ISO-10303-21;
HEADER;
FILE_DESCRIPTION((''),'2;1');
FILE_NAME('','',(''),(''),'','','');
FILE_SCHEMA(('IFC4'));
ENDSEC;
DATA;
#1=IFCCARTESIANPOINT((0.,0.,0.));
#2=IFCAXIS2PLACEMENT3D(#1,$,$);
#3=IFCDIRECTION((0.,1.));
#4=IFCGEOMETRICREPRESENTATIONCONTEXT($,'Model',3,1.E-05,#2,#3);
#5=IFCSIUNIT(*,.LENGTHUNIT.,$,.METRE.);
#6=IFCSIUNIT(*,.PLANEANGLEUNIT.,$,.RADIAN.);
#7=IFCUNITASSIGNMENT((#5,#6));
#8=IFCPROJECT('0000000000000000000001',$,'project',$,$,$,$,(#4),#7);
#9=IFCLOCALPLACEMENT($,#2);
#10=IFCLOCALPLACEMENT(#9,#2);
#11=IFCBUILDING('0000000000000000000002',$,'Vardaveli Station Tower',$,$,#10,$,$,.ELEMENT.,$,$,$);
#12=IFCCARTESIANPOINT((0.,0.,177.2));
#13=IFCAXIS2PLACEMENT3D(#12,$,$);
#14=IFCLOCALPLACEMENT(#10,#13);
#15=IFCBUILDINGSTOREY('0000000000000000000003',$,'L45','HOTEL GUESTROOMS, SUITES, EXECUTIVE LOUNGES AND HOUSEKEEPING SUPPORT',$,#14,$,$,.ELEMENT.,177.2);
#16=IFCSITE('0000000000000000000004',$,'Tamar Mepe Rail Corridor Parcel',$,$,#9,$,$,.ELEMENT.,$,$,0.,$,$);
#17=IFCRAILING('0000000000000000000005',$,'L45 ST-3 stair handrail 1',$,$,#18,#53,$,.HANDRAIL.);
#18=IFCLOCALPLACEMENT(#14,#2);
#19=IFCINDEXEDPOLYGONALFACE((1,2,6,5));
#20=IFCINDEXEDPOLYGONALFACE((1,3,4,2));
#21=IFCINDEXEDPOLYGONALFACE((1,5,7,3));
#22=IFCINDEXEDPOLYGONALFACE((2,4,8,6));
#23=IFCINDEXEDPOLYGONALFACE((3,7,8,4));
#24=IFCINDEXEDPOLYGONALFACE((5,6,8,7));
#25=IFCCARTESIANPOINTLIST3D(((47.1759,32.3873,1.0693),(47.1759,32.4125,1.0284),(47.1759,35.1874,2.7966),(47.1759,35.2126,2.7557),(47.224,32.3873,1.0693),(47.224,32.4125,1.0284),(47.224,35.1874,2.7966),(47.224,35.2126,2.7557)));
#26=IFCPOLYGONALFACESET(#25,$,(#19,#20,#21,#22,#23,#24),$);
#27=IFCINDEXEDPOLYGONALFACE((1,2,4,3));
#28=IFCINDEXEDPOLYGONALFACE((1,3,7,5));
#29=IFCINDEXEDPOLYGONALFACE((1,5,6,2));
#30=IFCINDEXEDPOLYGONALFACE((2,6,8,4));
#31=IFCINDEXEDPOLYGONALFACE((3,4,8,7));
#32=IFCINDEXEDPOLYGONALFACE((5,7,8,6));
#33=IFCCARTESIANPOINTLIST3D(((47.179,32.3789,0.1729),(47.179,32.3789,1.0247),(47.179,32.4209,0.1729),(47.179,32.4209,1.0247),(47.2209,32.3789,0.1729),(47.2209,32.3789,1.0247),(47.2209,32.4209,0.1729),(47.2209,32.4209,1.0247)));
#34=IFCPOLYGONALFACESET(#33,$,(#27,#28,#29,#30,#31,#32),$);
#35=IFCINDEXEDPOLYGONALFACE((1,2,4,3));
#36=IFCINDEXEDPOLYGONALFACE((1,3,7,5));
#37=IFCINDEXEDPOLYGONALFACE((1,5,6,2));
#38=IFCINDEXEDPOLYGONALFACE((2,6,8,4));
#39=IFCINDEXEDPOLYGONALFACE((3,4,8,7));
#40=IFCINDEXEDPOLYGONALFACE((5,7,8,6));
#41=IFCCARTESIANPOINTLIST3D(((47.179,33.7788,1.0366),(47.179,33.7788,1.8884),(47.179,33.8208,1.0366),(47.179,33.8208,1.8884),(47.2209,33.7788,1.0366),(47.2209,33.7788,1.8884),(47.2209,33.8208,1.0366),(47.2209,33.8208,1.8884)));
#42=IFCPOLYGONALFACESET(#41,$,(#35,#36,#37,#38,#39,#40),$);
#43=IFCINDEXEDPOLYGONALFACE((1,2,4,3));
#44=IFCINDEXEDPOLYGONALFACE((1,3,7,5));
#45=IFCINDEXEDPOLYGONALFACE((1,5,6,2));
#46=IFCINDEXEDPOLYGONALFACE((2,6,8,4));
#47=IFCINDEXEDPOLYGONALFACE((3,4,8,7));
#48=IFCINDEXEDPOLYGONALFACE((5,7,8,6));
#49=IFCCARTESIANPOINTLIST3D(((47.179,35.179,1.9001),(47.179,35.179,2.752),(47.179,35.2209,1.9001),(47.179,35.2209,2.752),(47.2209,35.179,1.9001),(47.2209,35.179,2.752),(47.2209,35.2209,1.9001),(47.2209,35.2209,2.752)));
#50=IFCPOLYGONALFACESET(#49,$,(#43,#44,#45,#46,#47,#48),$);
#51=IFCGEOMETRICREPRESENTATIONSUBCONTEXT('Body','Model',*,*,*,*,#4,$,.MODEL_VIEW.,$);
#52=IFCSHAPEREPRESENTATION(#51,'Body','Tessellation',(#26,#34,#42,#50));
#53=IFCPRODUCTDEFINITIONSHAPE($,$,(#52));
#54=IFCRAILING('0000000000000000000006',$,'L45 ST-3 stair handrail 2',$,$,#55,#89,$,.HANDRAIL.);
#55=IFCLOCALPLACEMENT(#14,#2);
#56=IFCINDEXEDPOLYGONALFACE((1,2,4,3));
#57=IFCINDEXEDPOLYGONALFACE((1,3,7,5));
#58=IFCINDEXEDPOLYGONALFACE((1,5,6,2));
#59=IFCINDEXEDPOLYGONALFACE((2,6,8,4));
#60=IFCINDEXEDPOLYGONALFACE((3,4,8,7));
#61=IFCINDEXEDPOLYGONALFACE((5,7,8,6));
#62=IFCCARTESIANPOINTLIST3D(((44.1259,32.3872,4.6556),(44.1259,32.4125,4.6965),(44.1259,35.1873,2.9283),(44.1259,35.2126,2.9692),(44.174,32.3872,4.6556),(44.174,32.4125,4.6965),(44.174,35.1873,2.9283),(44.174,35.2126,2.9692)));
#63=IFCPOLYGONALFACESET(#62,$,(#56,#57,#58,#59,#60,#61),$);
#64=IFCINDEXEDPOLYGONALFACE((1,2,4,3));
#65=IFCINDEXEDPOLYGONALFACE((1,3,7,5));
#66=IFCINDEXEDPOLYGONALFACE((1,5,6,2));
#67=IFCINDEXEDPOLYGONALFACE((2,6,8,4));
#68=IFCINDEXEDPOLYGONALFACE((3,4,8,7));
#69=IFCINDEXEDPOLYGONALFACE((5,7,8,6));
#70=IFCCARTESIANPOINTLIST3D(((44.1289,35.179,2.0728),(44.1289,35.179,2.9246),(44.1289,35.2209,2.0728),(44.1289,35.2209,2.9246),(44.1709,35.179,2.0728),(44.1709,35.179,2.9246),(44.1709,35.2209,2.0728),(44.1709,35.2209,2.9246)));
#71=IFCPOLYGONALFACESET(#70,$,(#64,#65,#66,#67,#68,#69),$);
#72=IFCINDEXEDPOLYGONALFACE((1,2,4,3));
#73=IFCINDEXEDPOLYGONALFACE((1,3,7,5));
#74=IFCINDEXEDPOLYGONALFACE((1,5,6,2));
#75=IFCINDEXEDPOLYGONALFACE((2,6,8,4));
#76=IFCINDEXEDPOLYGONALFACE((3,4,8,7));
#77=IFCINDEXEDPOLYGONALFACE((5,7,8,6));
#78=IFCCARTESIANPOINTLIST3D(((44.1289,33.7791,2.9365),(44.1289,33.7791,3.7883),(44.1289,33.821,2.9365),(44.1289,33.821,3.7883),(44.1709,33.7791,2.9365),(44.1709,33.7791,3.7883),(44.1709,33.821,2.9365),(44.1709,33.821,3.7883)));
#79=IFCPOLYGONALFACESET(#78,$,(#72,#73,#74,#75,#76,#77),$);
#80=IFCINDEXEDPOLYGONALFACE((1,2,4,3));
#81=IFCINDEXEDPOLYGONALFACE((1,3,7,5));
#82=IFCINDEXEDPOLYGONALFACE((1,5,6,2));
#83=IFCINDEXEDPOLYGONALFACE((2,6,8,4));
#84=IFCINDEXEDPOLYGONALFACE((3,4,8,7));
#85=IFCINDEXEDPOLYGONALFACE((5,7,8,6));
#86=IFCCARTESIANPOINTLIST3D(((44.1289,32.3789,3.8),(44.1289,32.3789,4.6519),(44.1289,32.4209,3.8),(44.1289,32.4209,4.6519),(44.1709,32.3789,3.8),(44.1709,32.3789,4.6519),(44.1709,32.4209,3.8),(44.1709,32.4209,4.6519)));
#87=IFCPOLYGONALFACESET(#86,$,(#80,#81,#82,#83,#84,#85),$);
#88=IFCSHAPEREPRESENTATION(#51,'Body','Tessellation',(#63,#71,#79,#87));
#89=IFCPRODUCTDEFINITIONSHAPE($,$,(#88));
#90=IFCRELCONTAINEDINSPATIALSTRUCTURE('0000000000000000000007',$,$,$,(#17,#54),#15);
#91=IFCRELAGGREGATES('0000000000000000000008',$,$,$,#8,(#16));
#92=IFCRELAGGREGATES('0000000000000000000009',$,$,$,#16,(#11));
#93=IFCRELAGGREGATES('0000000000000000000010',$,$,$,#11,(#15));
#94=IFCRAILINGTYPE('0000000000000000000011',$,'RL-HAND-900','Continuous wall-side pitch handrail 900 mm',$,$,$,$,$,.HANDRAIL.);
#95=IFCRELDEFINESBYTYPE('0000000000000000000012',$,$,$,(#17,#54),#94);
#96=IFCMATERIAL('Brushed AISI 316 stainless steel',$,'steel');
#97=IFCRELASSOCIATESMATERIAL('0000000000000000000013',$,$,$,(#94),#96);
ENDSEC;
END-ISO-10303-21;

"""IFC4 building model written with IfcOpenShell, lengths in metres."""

from ifc_helpers import new_model, si_unit, direction, frame, origin, origin_2d, place, context, subcontext, project, spatial, rectangle, extrude, source, transform, mapped, material, type_object, element, save


model = new_model("IFC4")

# Units and contexts
model_context = context("Model", 3, precision=1e-05, world=origin(), true_north=direction((0.0, 1.0)))
body_context = subcontext(model_context, "Body", "Model", "MODEL_VIEW")
ifc_project = project(units=[si_unit("LENGTHUNIT", "METRE"), si_unit("PLANEANGLEUNIT", "RADIAN")], contexts=[model_context])

# Site, building, storey
site_placement = place(None, origin())
site = spatial("IfcSite", under=ifc_project, at=site_placement, Name="Tamar Mepe Rail Corridor Parcel", CompositionType="ELEMENT", RefElevation=0.0)
building_placement = place(site_placement, origin())
building = spatial("IfcBuilding", under=site, at=building_placement, Name="Vardaveli Station Tower", CompositionType="ELEMENT")
storey_placement = place(building_placement, frame((0.0, 0.0, 177.2)))
storey = spatial("IfcBuildingStorey", under=building, at=storey_placement, Name="L45", Description="HOTEL GUESTROOMS, SUITES, EXECUTIVE LOUNGES AND HOUSEKEEPING SUPPORT", CompositionType="ELEMENT", Elevation=177.2)

# Railings
ifc_material_1 = material(Name="Brushed AISI 316 stainless steel", Category="steel")
railing_type_1 = type_object("IfcRailingType", Name="RL-HAND-900", Description="Continuous wall-side pitch handrail 900 mm", PredefinedType="HANDRAIL", material=ifc_material_1)
shared_shape_1 = source(origin(), body_context, "Body", "SweptSolid", [
    extrude(rectangle(XDim=0.0481, YDim=0.0481, at=origin_2d()), frame((0.0, 0.0, 0.876), z_axis=(0.0, 0.85109, 0.52502), x_axis=(-1.0, 0.0, 0.0)), (0.0, 0.0, 1.0), 3.29),
    extrude(rectangle(XDim=0.042, YDim=0.042, at=origin_2d()), origin(), (0.0, 0.0, 1.0), 0.8518),
    extrude(rectangle(XDim=0.042, YDim=0.042, at=origin_2d()), frame((0.0, 1.3999, 0.8638)), (0.0, 0.0, 1.0), 0.8518),
    extrude(rectangle(XDim=0.042, YDim=0.042, at=origin_2d()), frame((0.0, 2.8, 1.7273)), (0.0, 0.0, 1.0), 0.8518),
])
railing_1_placement = place(storey_placement, frame((47.2, 32.3999, 0.1729)))
element("IfcRailing", 1, at=railing_1_placement, inside=storey, type_object=railing_type_1, Name="L45 ST-3 stair handrail 1", PredefinedType="HANDRAIL", context=body_context, shape_type="MappedRepresentation", body=[
    mapped(shared_shape_1, transform((0.0, 0.0, 0.0), scale=1.0)),
])
shared_shape_2 = source(origin(), body_context, "Body", "SweptSolid", [
    extrude(rectangle(XDim=0.0481, YDim=0.0481, at=origin_2d()), frame((0.0, 0.0, 0.876), z_axis=(0.0, -0.85109, 0.52502), x_axis=(1.0, 0.0, 0.0)), (0.0, 0.0, 1.0), 3.29),
    extrude(rectangle(XDim=0.042, YDim=0.042, at=origin_2d()), origin(), (0.0, 0.0, 1.0), 0.8518),
    extrude(rectangle(XDim=0.042, YDim=0.042, at=origin_2d()), frame((0.0, -1.3999, 0.8638)), (0.0, 0.0, 1.0), 0.8518),
    extrude(rectangle(XDim=0.042, YDim=0.042, at=origin_2d()), frame((0.0, -2.8, 1.7273)), (0.0, 0.0, 1.0), 0.8518),
])
railing_2_placement = place(storey_placement, frame((44.1499, 35.2, 2.0728)))
element("IfcRailing", 2, at=railing_2_placement, inside=storey, type_object=railing_type_1, Name="L45 ST-3 stair handrail 2", PredefinedType="HANDRAIL", context=body_context, shape_type="MappedRepresentation", body=[
    mapped(shared_shape_2, transform((0.0, 0.0, 0.0), scale=1.0)),
])

save(model, "model.ifc")
